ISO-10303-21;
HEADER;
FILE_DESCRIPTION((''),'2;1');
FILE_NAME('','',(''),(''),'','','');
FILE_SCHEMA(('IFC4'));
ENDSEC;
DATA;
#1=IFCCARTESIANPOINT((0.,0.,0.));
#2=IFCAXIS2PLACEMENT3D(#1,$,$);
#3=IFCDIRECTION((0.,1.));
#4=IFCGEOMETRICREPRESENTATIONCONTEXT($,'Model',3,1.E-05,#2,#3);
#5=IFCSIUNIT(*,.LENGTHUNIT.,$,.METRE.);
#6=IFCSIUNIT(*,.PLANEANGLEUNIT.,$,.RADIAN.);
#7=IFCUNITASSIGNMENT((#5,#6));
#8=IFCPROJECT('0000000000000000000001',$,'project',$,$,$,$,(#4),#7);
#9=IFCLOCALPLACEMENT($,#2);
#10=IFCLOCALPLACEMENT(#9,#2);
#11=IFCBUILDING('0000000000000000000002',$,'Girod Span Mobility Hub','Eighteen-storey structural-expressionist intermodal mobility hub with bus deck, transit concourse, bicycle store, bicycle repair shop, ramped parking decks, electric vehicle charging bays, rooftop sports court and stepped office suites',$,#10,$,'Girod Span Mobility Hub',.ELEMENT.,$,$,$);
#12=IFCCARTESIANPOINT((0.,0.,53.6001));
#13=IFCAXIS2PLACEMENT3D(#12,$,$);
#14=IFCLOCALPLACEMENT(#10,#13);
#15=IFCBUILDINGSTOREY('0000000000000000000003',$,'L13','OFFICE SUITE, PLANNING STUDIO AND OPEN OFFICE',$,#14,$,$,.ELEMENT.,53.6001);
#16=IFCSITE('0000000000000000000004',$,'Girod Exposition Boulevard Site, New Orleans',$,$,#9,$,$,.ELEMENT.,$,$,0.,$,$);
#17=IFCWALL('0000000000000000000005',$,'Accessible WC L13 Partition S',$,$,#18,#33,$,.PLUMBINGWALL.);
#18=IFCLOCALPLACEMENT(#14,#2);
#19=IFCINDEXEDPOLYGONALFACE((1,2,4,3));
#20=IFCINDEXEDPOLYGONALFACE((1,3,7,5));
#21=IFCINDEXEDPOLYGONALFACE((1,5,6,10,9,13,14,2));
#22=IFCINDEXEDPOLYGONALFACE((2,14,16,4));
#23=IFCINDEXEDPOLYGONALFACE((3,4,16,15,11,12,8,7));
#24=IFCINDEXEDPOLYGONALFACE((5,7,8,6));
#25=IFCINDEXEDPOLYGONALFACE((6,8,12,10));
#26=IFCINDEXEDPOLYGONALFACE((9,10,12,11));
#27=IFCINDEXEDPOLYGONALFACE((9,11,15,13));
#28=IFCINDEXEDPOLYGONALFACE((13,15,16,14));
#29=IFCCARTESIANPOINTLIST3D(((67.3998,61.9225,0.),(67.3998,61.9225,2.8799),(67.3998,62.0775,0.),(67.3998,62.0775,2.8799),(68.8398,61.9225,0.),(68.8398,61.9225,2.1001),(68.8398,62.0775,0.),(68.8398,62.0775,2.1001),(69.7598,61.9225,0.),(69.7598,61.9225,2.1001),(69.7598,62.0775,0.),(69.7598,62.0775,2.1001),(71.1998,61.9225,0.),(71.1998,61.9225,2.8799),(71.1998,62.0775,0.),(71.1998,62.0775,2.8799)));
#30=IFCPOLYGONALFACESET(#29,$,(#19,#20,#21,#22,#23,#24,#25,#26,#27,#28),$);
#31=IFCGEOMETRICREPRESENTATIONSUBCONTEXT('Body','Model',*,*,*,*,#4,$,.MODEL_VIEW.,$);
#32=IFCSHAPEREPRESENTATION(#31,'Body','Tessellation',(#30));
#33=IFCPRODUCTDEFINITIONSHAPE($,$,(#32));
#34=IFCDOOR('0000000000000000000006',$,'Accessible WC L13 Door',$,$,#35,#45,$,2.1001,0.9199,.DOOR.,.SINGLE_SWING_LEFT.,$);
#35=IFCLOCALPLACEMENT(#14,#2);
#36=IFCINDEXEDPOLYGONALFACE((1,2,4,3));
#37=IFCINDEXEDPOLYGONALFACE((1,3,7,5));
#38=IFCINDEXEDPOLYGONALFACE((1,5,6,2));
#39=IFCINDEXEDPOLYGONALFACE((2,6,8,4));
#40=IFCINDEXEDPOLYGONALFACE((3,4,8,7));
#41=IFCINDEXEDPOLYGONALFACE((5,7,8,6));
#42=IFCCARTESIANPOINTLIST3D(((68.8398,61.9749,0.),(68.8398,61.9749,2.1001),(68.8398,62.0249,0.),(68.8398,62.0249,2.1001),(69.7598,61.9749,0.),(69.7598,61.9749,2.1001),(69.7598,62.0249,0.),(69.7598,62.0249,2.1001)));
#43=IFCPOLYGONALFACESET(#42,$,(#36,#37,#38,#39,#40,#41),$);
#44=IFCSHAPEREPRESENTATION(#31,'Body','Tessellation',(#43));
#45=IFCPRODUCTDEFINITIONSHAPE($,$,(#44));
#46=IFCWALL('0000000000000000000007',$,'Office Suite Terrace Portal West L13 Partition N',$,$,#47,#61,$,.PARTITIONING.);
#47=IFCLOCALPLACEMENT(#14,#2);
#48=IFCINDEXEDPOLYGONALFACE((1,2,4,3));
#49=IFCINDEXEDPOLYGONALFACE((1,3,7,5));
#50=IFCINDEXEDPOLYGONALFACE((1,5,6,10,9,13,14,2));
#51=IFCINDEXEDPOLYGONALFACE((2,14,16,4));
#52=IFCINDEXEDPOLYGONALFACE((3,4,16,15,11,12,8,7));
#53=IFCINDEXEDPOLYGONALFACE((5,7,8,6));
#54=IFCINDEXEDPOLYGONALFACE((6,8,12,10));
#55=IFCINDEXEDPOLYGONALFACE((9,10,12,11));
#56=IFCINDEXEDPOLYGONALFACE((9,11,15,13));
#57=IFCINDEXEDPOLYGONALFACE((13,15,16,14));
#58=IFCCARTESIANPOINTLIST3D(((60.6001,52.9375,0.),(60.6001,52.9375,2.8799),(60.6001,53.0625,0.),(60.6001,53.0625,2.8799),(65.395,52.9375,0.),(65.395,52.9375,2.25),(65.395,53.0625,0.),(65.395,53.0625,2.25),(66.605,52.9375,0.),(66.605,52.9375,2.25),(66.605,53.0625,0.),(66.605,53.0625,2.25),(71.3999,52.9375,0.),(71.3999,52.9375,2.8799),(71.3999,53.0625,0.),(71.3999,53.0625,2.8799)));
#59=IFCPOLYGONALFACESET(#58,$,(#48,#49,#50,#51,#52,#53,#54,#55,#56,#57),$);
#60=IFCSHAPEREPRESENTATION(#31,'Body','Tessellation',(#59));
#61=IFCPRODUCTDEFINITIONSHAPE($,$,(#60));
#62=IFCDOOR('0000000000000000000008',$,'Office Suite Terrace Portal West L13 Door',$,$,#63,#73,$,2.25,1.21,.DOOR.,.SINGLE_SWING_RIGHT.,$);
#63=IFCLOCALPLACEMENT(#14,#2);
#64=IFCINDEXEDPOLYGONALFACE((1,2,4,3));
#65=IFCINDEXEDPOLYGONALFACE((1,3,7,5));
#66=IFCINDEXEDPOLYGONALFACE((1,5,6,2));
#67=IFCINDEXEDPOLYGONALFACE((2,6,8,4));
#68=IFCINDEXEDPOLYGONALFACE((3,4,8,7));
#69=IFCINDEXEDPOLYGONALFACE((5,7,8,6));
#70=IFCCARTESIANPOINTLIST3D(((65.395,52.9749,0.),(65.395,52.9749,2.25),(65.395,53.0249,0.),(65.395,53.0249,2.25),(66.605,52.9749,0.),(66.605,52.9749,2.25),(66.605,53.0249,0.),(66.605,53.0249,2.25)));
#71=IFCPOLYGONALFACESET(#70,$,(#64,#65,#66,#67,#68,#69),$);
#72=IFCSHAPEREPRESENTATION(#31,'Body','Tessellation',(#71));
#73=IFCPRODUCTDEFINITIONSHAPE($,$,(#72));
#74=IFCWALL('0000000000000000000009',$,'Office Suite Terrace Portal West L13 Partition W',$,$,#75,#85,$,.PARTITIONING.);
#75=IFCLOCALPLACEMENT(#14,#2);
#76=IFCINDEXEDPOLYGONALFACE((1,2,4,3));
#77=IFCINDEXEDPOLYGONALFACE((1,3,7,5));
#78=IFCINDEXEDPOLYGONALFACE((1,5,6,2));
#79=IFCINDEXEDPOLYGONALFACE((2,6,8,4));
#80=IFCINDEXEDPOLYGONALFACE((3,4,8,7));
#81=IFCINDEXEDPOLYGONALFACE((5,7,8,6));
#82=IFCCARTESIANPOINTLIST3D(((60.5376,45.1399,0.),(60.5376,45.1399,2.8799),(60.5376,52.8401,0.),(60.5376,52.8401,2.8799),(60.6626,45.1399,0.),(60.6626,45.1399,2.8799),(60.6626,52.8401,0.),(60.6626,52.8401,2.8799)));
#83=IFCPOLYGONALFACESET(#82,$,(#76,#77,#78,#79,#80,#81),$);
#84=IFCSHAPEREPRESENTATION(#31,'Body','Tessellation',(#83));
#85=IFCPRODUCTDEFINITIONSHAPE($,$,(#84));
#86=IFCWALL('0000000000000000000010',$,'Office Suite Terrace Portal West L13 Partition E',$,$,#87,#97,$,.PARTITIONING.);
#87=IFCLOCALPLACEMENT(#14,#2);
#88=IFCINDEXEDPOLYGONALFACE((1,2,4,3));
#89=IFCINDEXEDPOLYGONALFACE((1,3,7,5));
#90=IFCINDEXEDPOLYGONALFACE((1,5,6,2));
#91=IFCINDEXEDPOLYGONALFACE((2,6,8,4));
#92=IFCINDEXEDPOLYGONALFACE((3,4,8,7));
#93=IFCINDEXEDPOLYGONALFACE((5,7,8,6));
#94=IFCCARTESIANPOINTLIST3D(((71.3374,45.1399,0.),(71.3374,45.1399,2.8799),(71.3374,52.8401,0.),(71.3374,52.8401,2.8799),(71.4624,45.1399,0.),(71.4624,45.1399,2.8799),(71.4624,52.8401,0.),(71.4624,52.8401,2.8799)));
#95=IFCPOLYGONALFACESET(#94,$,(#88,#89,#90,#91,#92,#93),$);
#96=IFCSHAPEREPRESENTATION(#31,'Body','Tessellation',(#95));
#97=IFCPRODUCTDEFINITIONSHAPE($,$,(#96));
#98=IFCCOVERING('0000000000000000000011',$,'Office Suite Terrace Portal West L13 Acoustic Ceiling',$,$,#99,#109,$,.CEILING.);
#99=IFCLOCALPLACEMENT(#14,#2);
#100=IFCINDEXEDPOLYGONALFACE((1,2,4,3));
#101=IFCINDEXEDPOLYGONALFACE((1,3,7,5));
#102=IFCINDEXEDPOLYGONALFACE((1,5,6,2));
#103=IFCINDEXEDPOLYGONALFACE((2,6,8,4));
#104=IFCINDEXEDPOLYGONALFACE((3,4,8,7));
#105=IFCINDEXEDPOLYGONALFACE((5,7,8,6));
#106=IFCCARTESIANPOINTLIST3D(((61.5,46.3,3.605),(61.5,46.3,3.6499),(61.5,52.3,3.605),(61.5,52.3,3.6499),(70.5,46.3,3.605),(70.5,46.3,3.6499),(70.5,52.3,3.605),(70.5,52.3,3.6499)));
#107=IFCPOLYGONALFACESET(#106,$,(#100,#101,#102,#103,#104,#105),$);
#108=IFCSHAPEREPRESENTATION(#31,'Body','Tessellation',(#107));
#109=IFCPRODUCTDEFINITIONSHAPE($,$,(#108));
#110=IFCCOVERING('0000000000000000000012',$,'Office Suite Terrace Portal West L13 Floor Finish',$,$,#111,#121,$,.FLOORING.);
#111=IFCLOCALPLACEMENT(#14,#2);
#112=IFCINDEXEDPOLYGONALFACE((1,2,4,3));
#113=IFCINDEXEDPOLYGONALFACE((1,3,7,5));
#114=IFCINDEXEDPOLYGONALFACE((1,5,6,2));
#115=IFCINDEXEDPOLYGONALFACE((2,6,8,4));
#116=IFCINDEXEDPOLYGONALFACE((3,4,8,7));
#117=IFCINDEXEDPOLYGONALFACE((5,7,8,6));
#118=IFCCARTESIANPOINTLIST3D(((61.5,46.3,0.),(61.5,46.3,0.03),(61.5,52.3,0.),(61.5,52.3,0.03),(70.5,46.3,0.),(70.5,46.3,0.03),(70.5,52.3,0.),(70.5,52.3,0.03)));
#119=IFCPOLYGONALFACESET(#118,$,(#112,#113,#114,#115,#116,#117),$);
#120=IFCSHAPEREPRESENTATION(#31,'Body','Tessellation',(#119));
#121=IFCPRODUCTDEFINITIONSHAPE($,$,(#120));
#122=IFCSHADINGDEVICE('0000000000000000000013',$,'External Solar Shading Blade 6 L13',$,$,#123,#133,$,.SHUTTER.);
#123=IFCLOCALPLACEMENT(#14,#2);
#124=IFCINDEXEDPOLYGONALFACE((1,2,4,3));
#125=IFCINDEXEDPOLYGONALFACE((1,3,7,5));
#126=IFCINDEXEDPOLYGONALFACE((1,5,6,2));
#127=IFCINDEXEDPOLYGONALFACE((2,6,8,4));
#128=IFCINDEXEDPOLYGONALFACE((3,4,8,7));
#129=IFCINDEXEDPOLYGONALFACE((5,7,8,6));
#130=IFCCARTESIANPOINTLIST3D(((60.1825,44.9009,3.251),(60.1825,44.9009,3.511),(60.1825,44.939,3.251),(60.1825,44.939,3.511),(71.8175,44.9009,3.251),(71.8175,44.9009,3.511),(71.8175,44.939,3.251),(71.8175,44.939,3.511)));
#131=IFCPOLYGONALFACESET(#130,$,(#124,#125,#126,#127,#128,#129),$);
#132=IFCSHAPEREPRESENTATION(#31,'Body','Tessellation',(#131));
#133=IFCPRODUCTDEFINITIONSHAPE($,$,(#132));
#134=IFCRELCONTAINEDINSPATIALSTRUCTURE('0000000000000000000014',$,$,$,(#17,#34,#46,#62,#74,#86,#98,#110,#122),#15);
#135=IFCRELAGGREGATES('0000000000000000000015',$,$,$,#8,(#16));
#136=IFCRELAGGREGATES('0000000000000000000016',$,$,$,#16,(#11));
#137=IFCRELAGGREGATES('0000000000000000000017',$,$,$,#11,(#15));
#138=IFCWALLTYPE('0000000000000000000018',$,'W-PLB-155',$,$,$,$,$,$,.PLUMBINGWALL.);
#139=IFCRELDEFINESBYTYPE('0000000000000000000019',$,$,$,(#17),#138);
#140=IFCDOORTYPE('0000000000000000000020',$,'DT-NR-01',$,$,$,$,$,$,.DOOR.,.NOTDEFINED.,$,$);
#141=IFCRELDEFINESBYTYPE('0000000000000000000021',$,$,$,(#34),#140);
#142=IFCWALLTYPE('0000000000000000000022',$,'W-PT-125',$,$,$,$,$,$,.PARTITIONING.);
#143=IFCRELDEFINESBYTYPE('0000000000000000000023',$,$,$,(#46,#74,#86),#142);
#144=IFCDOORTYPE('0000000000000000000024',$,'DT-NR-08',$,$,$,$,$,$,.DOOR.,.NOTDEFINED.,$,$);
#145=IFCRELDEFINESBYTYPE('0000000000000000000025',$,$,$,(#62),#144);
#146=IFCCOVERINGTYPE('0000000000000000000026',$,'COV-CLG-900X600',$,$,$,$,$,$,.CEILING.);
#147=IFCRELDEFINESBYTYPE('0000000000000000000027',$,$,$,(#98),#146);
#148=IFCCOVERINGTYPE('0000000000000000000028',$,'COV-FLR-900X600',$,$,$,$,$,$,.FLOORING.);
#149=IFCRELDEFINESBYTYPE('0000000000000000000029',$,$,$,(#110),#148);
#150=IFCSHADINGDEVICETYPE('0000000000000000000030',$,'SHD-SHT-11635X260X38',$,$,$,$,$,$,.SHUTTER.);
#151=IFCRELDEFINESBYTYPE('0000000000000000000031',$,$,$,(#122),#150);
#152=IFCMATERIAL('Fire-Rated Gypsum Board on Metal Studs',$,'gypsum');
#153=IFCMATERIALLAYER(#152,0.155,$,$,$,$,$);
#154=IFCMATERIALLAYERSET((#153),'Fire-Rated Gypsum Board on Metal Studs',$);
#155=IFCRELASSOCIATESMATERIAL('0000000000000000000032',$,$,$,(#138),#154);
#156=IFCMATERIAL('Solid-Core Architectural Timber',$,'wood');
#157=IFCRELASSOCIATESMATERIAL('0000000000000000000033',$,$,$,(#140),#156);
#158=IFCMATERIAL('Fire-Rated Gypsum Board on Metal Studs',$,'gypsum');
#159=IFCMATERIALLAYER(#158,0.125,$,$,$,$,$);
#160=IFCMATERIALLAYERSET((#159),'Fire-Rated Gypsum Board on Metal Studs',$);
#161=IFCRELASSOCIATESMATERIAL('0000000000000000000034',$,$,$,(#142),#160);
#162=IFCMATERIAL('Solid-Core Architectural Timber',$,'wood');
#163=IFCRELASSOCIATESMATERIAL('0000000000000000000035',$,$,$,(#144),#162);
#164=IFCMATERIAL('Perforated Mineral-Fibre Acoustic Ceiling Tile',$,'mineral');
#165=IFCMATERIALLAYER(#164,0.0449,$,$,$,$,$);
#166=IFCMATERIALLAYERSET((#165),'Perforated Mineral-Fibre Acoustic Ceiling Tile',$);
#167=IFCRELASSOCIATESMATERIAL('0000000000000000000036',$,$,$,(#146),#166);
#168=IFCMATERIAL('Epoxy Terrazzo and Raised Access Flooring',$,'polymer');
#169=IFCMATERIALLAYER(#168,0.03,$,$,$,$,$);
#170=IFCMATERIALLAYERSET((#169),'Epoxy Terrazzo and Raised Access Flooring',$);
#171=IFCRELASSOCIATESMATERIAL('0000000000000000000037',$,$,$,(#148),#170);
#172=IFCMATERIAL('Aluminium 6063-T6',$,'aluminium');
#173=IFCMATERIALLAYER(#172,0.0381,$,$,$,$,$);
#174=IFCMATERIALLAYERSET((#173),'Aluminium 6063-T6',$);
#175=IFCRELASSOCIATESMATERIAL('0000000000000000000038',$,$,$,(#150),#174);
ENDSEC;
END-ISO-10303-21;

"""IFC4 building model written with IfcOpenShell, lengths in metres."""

from ifc_helpers import new_model, si_unit, direction, frame, frame_2d, origin, origin_2d, place, context, subcontext, project, spatial, rectangle, extrude, material, layer, layer_set, type_object, element, fill, save


model = new_model("IFC4")

# Units and contexts
model_context = context("Model", 3, precision=1e-05, world=origin(), true_north=direction((0.0, 1.0)))
body_context = subcontext(model_context, "Body", "Model", "MODEL_VIEW")
ifc_project = project(units=[si_unit("LENGTHUNIT", "METRE"), si_unit("PLANEANGLEUNIT", "RADIAN")], contexts=[model_context])

# Site, building, storey
site_placement = place(None, origin())
site = spatial("IfcSite", under=ifc_project, at=site_placement, Name="Girod Exposition Boulevard Site, New Orleans", CompositionType="ELEMENT", RefElevation=0.0)
building_placement = place(site_placement, origin())
building = spatial("IfcBuilding", under=site, at=building_placement, Name="Girod Span Mobility Hub", Description="Eighteen-storey structural-expressionist intermodal mobility hub with bus deck, transit concourse, bicycle store, bicycle repair shop, ramped parking decks, electric vehicle charging bays, rooftop sports court and stepped office suites", LongName="Girod Span Mobility Hub", CompositionType="ELEMENT")
storey_placement = place(building_placement, frame((0.0, 0.0, 53.6001)))
storey = spatial("IfcBuildingStorey", under=building, at=storey_placement, Name="L13", Description="OFFICE SUITE, PLANNING STUDIO AND OPEN OFFICE", CompositionType="ELEMENT", Elevation=53.6001)

# Walls, openings, doors
ifc_material_1 = material(Name="Fire-Rated Gypsum Board on Metal Studs", Category="gypsum")
ifc_layer_1 = layer(ifc_material_1, 0.155)
ifc_layer_set_1 = layer_set([ifc_layer_1], Name="Fire-Rated Gypsum Board on Metal Studs")
wall_type_1 = type_object("IfcWallType", Name="W-PLB-155", PredefinedType="PLUMBINGWALL", material=ifc_layer_set_1)
wall_1_placement = place(storey_placement, frame((67.3999, 62.0, 0.0), z_axis=(0.0, 0.0, 1.0), x_axis=(1.0, 0.0, 0.0)))
wall_1 = element("IfcWall", 1, at=wall_1_placement, inside=storey, type_object=wall_type_1, Name="Accessible WC L13 Partition S", PredefinedType="PLUMBINGWALL", context=body_context, shape_type="SweptSolid", body=[
    extrude(rectangle(XDim=3.8, YDim=0.155, at=frame_2d((1.8999, 0.0))), origin(), (0.0, 0.0, 1.0), 2.8799),
])
opening_1_placement = place(wall_1_placement, frame((1.4399, 0.0, 0.0)))
opening_1 = element("IfcOpeningElement", 2, at=opening_1_placement, cuts=wall_1, PredefinedType="OPENING", context=body_context, shape_type="SweptSolid", body=[
    extrude(rectangle(XDim=0.9199, YDim=2.1001, at=frame_2d((0.46, 1.05))), frame((0.0, 0.0925, 0.0), z_axis=(0.0, -1.0, 0.0), x_axis=(1.0, 0.0, 0.0)), (0.0, 0.0, 1.0), 0.1851),
])
ifc_material_2 = material(Name="Solid-Core Architectural Timber", Category="wood")
door_type_1 = type_object("IfcDoorType", Name="DT-NR-01", OperationType="NOTDEFINED", PredefinedType="DOOR", material=ifc_material_2)
door_1_placement = place(opening_1_placement, origin())
door_1 = element("IfcDoor", 3, at=door_1_placement, inside=storey, type_object=door_type_1, Name="Accessible WC L13 Door", OperationType="SINGLE_SWING_LEFT", OverallHeight=2.1001, OverallWidth=0.9199, PredefinedType="DOOR", context=body_context, shape_type="SweptSolid", body=[
    extrude(rectangle(XDim=0.9199, YDim=2.1001, at=frame_2d((0.46, 1.05))), frame((0.0, 0.0249, 0.0), z_axis=(0.0, -1.0, 0.0), x_axis=(1.0, 0.0, 0.0)), (0.0, 0.0, 1.0), 0.05),
])
fill(opening_1, door_1)
ifc_material_3 = material(Name="Fire-Rated Gypsum Board on Metal Studs", Category="gypsum")
ifc_layer_2 = layer(ifc_material_3, 0.125)
ifc_layer_set_2 = layer_set([ifc_layer_2], Name="Fire-Rated Gypsum Board on Metal Studs")
wall_type_2 = type_object("IfcWallType", Name="W-PT-125", PredefinedType="PARTITIONING", material=ifc_layer_set_2)
wall_2_placement = place(storey_placement, frame((60.6001, 53.0, 0.0), z_axis=(0.0, 0.0, 1.0), x_axis=(1.0, 0.0, 0.0)))
wall_2 = element("IfcWall", 4, at=wall_2_placement, inside=storey, type_object=wall_type_2, Name="Office Suite Terrace Portal West L13 Partition N", PredefinedType="PARTITIONING", context=body_context, shape_type="SweptSolid", body=[
    extrude(rectangle(XDim=10.7998, YDim=0.125, at=frame_2d((5.3999, 0.0))), origin(), (0.0, 0.0, 1.0), 2.8799),
])
opening_2_placement = place(wall_2_placement, frame((4.7949, 0.0, 0.0)))
opening_2 = element("IfcOpeningElement", 5, at=opening_2_placement, cuts=wall_2, PredefinedType="OPENING", context=body_context, shape_type="SweptSolid", body=[
    extrude(rectangle(XDim=1.21, YDim=2.25, at=frame_2d((0.605, 1.125))), frame((0.0, 0.0774, 0.0), z_axis=(0.0, -1.0, 0.0), x_axis=(1.0, 0.0, 0.0)), (0.0, 0.0, 1.0), 0.155),
])
ifc_material_4 = material(Name="Solid-Core Architectural Timber", Category="wood")
door_type_2 = type_object("IfcDoorType", Name="DT-NR-08", OperationType="NOTDEFINED", PredefinedType="DOOR", material=ifc_material_4)
door_2_placement = place(opening_2_placement, origin())
door_2 = element("IfcDoor", 6, at=door_2_placement, inside=storey, type_object=door_type_2, Name="Office Suite Terrace Portal West L13 Door", OperationType="SINGLE_SWING_RIGHT", OverallHeight=2.25, OverallWidth=1.21, PredefinedType="DOOR", context=body_context, shape_type="SweptSolid", body=[
    extrude(rectangle(XDim=1.21, YDim=2.25, at=frame_2d((0.605, 1.125))), frame((0.0, 0.0249, 0.0), z_axis=(0.0, -1.0, 0.0), x_axis=(1.0, 0.0, 0.0)), (0.0, 0.0, 1.0), 0.05),
])
fill(opening_2, door_2)

# Walls
for number, where, z_axis, x_axis, name in (
    (7, (60.6001, 45.1399, 0.0), (0.0, 0.0, 1.0), (0.0, 1.0, 0.0), "Office Suite Terrace Portal West L13 Partition W"),
    (8, (71.3999, 45.1399, 0.0), (0.0, 0.0, 1.0), (0.0, 1.0, 0.0), "Office Suite Terrace Portal West L13 Partition E"),
):
    element("IfcWall", number, at=place(storey_placement, frame(where, z_axis=z_axis, x_axis=x_axis)), inside=storey, type_object=wall_type_2, Name=name, PredefinedType="PARTITIONING", context=body_context, shape_type="SweptSolid", body=[
        extrude(rectangle(XDim=7.7002, YDim=0.125, at=frame_2d((3.8501, 0.0))), origin(), (0.0, 0.0, 1.0), 2.8799),
    ])

# Coverings
ifc_material_5 = material(Name="Perforated Mineral-Fibre Acoustic Ceiling Tile", Category="mineral")
ifc_layer_3 = layer(ifc_material_5, 0.0449)
ifc_layer_set_3 = layer_set([ifc_layer_3], Name="Perforated Mineral-Fibre Acoustic Ceiling Tile")
covering_type_1 = type_object("IfcCoveringType", Name="COV-CLG-900X600", PredefinedType="CEILING", material=ifc_layer_set_3)
covering_1_placement = place(storey_placement, frame((66.0, 49.3, 3.605), z_axis=(0.0, 0.0, 1.0), x_axis=(1.0, 0.0, 0.0)))
element("IfcCovering", 9, at=covering_1_placement, inside=storey, type_object=covering_type_1, Name="Office Suite Terrace Portal West L13 Acoustic Ceiling", PredefinedType="CEILING", context=body_context, shape_type="SweptSolid", body=[
    extrude(rectangle(XDim=9.0, YDim=6.0, at=origin_2d()), origin(), (0.0, 0.0, 1.0), 0.0449),
])
ifc_material_6 = material(Name="Epoxy Terrazzo and Raised Access Flooring", Category="polymer")
ifc_layer_4 = layer(ifc_material_6, 0.03)
ifc_layer_set_4 = layer_set([ifc_layer_4], Name="Epoxy Terrazzo and Raised Access Flooring")
covering_type_2 = type_object("IfcCoveringType", Name="COV-FLR-900X600", PredefinedType="FLOORING", material=ifc_layer_set_4)
covering_2_placement = place(storey_placement, frame((66.0, 49.3, 0.0), z_axis=(0.0, 0.0, 1.0), x_axis=(1.0, 0.0, 0.0)))
element("IfcCovering", 10, at=covering_2_placement, inside=storey, type_object=covering_type_2, Name="Office Suite Terrace Portal West L13 Floor Finish", PredefinedType="FLOORING", context=body_context, shape_type="SweptSolid", body=[
    extrude(rectangle(XDim=9.0, YDim=6.0, at=origin_2d()), origin(), (0.0, 0.0, 1.0), 0.03),
])

# Shading device
ifc_material_7 = material(Name="Aluminium 6063-T6", Category="aluminium")
ifc_layer_5 = layer(ifc_material_7, 0.0381)
ifc_layer_set_5 = layer_set([ifc_layer_5], Name="Aluminium 6063-T6")
shading_device_type = type_object("IfcShadingDeviceType", Name="SHD-SHT-11635X260X38", PredefinedType="SHUTTER", material=ifc_layer_set_5)
shading_device_placement = place(storey_placement, frame((66.0, 44.9199, 3.251), z_axis=(0.0, 0.0, 1.0), x_axis=(1.0, 0.0, 0.0)))
element("IfcShadingDevice", 11, at=shading_device_placement, inside=storey, type_object=shading_device_type, Name="External Solar Shading Blade 6 L13", PredefinedType="SHUTTER", context=body_context, shape_type="SweptSolid", body=[
    extrude(rectangle(XDim=11.635, YDim=0.0381, at=origin_2d()), origin(), (0.0, 0.0, 1.0), 0.26),
])

save(model, "model.ifc")
